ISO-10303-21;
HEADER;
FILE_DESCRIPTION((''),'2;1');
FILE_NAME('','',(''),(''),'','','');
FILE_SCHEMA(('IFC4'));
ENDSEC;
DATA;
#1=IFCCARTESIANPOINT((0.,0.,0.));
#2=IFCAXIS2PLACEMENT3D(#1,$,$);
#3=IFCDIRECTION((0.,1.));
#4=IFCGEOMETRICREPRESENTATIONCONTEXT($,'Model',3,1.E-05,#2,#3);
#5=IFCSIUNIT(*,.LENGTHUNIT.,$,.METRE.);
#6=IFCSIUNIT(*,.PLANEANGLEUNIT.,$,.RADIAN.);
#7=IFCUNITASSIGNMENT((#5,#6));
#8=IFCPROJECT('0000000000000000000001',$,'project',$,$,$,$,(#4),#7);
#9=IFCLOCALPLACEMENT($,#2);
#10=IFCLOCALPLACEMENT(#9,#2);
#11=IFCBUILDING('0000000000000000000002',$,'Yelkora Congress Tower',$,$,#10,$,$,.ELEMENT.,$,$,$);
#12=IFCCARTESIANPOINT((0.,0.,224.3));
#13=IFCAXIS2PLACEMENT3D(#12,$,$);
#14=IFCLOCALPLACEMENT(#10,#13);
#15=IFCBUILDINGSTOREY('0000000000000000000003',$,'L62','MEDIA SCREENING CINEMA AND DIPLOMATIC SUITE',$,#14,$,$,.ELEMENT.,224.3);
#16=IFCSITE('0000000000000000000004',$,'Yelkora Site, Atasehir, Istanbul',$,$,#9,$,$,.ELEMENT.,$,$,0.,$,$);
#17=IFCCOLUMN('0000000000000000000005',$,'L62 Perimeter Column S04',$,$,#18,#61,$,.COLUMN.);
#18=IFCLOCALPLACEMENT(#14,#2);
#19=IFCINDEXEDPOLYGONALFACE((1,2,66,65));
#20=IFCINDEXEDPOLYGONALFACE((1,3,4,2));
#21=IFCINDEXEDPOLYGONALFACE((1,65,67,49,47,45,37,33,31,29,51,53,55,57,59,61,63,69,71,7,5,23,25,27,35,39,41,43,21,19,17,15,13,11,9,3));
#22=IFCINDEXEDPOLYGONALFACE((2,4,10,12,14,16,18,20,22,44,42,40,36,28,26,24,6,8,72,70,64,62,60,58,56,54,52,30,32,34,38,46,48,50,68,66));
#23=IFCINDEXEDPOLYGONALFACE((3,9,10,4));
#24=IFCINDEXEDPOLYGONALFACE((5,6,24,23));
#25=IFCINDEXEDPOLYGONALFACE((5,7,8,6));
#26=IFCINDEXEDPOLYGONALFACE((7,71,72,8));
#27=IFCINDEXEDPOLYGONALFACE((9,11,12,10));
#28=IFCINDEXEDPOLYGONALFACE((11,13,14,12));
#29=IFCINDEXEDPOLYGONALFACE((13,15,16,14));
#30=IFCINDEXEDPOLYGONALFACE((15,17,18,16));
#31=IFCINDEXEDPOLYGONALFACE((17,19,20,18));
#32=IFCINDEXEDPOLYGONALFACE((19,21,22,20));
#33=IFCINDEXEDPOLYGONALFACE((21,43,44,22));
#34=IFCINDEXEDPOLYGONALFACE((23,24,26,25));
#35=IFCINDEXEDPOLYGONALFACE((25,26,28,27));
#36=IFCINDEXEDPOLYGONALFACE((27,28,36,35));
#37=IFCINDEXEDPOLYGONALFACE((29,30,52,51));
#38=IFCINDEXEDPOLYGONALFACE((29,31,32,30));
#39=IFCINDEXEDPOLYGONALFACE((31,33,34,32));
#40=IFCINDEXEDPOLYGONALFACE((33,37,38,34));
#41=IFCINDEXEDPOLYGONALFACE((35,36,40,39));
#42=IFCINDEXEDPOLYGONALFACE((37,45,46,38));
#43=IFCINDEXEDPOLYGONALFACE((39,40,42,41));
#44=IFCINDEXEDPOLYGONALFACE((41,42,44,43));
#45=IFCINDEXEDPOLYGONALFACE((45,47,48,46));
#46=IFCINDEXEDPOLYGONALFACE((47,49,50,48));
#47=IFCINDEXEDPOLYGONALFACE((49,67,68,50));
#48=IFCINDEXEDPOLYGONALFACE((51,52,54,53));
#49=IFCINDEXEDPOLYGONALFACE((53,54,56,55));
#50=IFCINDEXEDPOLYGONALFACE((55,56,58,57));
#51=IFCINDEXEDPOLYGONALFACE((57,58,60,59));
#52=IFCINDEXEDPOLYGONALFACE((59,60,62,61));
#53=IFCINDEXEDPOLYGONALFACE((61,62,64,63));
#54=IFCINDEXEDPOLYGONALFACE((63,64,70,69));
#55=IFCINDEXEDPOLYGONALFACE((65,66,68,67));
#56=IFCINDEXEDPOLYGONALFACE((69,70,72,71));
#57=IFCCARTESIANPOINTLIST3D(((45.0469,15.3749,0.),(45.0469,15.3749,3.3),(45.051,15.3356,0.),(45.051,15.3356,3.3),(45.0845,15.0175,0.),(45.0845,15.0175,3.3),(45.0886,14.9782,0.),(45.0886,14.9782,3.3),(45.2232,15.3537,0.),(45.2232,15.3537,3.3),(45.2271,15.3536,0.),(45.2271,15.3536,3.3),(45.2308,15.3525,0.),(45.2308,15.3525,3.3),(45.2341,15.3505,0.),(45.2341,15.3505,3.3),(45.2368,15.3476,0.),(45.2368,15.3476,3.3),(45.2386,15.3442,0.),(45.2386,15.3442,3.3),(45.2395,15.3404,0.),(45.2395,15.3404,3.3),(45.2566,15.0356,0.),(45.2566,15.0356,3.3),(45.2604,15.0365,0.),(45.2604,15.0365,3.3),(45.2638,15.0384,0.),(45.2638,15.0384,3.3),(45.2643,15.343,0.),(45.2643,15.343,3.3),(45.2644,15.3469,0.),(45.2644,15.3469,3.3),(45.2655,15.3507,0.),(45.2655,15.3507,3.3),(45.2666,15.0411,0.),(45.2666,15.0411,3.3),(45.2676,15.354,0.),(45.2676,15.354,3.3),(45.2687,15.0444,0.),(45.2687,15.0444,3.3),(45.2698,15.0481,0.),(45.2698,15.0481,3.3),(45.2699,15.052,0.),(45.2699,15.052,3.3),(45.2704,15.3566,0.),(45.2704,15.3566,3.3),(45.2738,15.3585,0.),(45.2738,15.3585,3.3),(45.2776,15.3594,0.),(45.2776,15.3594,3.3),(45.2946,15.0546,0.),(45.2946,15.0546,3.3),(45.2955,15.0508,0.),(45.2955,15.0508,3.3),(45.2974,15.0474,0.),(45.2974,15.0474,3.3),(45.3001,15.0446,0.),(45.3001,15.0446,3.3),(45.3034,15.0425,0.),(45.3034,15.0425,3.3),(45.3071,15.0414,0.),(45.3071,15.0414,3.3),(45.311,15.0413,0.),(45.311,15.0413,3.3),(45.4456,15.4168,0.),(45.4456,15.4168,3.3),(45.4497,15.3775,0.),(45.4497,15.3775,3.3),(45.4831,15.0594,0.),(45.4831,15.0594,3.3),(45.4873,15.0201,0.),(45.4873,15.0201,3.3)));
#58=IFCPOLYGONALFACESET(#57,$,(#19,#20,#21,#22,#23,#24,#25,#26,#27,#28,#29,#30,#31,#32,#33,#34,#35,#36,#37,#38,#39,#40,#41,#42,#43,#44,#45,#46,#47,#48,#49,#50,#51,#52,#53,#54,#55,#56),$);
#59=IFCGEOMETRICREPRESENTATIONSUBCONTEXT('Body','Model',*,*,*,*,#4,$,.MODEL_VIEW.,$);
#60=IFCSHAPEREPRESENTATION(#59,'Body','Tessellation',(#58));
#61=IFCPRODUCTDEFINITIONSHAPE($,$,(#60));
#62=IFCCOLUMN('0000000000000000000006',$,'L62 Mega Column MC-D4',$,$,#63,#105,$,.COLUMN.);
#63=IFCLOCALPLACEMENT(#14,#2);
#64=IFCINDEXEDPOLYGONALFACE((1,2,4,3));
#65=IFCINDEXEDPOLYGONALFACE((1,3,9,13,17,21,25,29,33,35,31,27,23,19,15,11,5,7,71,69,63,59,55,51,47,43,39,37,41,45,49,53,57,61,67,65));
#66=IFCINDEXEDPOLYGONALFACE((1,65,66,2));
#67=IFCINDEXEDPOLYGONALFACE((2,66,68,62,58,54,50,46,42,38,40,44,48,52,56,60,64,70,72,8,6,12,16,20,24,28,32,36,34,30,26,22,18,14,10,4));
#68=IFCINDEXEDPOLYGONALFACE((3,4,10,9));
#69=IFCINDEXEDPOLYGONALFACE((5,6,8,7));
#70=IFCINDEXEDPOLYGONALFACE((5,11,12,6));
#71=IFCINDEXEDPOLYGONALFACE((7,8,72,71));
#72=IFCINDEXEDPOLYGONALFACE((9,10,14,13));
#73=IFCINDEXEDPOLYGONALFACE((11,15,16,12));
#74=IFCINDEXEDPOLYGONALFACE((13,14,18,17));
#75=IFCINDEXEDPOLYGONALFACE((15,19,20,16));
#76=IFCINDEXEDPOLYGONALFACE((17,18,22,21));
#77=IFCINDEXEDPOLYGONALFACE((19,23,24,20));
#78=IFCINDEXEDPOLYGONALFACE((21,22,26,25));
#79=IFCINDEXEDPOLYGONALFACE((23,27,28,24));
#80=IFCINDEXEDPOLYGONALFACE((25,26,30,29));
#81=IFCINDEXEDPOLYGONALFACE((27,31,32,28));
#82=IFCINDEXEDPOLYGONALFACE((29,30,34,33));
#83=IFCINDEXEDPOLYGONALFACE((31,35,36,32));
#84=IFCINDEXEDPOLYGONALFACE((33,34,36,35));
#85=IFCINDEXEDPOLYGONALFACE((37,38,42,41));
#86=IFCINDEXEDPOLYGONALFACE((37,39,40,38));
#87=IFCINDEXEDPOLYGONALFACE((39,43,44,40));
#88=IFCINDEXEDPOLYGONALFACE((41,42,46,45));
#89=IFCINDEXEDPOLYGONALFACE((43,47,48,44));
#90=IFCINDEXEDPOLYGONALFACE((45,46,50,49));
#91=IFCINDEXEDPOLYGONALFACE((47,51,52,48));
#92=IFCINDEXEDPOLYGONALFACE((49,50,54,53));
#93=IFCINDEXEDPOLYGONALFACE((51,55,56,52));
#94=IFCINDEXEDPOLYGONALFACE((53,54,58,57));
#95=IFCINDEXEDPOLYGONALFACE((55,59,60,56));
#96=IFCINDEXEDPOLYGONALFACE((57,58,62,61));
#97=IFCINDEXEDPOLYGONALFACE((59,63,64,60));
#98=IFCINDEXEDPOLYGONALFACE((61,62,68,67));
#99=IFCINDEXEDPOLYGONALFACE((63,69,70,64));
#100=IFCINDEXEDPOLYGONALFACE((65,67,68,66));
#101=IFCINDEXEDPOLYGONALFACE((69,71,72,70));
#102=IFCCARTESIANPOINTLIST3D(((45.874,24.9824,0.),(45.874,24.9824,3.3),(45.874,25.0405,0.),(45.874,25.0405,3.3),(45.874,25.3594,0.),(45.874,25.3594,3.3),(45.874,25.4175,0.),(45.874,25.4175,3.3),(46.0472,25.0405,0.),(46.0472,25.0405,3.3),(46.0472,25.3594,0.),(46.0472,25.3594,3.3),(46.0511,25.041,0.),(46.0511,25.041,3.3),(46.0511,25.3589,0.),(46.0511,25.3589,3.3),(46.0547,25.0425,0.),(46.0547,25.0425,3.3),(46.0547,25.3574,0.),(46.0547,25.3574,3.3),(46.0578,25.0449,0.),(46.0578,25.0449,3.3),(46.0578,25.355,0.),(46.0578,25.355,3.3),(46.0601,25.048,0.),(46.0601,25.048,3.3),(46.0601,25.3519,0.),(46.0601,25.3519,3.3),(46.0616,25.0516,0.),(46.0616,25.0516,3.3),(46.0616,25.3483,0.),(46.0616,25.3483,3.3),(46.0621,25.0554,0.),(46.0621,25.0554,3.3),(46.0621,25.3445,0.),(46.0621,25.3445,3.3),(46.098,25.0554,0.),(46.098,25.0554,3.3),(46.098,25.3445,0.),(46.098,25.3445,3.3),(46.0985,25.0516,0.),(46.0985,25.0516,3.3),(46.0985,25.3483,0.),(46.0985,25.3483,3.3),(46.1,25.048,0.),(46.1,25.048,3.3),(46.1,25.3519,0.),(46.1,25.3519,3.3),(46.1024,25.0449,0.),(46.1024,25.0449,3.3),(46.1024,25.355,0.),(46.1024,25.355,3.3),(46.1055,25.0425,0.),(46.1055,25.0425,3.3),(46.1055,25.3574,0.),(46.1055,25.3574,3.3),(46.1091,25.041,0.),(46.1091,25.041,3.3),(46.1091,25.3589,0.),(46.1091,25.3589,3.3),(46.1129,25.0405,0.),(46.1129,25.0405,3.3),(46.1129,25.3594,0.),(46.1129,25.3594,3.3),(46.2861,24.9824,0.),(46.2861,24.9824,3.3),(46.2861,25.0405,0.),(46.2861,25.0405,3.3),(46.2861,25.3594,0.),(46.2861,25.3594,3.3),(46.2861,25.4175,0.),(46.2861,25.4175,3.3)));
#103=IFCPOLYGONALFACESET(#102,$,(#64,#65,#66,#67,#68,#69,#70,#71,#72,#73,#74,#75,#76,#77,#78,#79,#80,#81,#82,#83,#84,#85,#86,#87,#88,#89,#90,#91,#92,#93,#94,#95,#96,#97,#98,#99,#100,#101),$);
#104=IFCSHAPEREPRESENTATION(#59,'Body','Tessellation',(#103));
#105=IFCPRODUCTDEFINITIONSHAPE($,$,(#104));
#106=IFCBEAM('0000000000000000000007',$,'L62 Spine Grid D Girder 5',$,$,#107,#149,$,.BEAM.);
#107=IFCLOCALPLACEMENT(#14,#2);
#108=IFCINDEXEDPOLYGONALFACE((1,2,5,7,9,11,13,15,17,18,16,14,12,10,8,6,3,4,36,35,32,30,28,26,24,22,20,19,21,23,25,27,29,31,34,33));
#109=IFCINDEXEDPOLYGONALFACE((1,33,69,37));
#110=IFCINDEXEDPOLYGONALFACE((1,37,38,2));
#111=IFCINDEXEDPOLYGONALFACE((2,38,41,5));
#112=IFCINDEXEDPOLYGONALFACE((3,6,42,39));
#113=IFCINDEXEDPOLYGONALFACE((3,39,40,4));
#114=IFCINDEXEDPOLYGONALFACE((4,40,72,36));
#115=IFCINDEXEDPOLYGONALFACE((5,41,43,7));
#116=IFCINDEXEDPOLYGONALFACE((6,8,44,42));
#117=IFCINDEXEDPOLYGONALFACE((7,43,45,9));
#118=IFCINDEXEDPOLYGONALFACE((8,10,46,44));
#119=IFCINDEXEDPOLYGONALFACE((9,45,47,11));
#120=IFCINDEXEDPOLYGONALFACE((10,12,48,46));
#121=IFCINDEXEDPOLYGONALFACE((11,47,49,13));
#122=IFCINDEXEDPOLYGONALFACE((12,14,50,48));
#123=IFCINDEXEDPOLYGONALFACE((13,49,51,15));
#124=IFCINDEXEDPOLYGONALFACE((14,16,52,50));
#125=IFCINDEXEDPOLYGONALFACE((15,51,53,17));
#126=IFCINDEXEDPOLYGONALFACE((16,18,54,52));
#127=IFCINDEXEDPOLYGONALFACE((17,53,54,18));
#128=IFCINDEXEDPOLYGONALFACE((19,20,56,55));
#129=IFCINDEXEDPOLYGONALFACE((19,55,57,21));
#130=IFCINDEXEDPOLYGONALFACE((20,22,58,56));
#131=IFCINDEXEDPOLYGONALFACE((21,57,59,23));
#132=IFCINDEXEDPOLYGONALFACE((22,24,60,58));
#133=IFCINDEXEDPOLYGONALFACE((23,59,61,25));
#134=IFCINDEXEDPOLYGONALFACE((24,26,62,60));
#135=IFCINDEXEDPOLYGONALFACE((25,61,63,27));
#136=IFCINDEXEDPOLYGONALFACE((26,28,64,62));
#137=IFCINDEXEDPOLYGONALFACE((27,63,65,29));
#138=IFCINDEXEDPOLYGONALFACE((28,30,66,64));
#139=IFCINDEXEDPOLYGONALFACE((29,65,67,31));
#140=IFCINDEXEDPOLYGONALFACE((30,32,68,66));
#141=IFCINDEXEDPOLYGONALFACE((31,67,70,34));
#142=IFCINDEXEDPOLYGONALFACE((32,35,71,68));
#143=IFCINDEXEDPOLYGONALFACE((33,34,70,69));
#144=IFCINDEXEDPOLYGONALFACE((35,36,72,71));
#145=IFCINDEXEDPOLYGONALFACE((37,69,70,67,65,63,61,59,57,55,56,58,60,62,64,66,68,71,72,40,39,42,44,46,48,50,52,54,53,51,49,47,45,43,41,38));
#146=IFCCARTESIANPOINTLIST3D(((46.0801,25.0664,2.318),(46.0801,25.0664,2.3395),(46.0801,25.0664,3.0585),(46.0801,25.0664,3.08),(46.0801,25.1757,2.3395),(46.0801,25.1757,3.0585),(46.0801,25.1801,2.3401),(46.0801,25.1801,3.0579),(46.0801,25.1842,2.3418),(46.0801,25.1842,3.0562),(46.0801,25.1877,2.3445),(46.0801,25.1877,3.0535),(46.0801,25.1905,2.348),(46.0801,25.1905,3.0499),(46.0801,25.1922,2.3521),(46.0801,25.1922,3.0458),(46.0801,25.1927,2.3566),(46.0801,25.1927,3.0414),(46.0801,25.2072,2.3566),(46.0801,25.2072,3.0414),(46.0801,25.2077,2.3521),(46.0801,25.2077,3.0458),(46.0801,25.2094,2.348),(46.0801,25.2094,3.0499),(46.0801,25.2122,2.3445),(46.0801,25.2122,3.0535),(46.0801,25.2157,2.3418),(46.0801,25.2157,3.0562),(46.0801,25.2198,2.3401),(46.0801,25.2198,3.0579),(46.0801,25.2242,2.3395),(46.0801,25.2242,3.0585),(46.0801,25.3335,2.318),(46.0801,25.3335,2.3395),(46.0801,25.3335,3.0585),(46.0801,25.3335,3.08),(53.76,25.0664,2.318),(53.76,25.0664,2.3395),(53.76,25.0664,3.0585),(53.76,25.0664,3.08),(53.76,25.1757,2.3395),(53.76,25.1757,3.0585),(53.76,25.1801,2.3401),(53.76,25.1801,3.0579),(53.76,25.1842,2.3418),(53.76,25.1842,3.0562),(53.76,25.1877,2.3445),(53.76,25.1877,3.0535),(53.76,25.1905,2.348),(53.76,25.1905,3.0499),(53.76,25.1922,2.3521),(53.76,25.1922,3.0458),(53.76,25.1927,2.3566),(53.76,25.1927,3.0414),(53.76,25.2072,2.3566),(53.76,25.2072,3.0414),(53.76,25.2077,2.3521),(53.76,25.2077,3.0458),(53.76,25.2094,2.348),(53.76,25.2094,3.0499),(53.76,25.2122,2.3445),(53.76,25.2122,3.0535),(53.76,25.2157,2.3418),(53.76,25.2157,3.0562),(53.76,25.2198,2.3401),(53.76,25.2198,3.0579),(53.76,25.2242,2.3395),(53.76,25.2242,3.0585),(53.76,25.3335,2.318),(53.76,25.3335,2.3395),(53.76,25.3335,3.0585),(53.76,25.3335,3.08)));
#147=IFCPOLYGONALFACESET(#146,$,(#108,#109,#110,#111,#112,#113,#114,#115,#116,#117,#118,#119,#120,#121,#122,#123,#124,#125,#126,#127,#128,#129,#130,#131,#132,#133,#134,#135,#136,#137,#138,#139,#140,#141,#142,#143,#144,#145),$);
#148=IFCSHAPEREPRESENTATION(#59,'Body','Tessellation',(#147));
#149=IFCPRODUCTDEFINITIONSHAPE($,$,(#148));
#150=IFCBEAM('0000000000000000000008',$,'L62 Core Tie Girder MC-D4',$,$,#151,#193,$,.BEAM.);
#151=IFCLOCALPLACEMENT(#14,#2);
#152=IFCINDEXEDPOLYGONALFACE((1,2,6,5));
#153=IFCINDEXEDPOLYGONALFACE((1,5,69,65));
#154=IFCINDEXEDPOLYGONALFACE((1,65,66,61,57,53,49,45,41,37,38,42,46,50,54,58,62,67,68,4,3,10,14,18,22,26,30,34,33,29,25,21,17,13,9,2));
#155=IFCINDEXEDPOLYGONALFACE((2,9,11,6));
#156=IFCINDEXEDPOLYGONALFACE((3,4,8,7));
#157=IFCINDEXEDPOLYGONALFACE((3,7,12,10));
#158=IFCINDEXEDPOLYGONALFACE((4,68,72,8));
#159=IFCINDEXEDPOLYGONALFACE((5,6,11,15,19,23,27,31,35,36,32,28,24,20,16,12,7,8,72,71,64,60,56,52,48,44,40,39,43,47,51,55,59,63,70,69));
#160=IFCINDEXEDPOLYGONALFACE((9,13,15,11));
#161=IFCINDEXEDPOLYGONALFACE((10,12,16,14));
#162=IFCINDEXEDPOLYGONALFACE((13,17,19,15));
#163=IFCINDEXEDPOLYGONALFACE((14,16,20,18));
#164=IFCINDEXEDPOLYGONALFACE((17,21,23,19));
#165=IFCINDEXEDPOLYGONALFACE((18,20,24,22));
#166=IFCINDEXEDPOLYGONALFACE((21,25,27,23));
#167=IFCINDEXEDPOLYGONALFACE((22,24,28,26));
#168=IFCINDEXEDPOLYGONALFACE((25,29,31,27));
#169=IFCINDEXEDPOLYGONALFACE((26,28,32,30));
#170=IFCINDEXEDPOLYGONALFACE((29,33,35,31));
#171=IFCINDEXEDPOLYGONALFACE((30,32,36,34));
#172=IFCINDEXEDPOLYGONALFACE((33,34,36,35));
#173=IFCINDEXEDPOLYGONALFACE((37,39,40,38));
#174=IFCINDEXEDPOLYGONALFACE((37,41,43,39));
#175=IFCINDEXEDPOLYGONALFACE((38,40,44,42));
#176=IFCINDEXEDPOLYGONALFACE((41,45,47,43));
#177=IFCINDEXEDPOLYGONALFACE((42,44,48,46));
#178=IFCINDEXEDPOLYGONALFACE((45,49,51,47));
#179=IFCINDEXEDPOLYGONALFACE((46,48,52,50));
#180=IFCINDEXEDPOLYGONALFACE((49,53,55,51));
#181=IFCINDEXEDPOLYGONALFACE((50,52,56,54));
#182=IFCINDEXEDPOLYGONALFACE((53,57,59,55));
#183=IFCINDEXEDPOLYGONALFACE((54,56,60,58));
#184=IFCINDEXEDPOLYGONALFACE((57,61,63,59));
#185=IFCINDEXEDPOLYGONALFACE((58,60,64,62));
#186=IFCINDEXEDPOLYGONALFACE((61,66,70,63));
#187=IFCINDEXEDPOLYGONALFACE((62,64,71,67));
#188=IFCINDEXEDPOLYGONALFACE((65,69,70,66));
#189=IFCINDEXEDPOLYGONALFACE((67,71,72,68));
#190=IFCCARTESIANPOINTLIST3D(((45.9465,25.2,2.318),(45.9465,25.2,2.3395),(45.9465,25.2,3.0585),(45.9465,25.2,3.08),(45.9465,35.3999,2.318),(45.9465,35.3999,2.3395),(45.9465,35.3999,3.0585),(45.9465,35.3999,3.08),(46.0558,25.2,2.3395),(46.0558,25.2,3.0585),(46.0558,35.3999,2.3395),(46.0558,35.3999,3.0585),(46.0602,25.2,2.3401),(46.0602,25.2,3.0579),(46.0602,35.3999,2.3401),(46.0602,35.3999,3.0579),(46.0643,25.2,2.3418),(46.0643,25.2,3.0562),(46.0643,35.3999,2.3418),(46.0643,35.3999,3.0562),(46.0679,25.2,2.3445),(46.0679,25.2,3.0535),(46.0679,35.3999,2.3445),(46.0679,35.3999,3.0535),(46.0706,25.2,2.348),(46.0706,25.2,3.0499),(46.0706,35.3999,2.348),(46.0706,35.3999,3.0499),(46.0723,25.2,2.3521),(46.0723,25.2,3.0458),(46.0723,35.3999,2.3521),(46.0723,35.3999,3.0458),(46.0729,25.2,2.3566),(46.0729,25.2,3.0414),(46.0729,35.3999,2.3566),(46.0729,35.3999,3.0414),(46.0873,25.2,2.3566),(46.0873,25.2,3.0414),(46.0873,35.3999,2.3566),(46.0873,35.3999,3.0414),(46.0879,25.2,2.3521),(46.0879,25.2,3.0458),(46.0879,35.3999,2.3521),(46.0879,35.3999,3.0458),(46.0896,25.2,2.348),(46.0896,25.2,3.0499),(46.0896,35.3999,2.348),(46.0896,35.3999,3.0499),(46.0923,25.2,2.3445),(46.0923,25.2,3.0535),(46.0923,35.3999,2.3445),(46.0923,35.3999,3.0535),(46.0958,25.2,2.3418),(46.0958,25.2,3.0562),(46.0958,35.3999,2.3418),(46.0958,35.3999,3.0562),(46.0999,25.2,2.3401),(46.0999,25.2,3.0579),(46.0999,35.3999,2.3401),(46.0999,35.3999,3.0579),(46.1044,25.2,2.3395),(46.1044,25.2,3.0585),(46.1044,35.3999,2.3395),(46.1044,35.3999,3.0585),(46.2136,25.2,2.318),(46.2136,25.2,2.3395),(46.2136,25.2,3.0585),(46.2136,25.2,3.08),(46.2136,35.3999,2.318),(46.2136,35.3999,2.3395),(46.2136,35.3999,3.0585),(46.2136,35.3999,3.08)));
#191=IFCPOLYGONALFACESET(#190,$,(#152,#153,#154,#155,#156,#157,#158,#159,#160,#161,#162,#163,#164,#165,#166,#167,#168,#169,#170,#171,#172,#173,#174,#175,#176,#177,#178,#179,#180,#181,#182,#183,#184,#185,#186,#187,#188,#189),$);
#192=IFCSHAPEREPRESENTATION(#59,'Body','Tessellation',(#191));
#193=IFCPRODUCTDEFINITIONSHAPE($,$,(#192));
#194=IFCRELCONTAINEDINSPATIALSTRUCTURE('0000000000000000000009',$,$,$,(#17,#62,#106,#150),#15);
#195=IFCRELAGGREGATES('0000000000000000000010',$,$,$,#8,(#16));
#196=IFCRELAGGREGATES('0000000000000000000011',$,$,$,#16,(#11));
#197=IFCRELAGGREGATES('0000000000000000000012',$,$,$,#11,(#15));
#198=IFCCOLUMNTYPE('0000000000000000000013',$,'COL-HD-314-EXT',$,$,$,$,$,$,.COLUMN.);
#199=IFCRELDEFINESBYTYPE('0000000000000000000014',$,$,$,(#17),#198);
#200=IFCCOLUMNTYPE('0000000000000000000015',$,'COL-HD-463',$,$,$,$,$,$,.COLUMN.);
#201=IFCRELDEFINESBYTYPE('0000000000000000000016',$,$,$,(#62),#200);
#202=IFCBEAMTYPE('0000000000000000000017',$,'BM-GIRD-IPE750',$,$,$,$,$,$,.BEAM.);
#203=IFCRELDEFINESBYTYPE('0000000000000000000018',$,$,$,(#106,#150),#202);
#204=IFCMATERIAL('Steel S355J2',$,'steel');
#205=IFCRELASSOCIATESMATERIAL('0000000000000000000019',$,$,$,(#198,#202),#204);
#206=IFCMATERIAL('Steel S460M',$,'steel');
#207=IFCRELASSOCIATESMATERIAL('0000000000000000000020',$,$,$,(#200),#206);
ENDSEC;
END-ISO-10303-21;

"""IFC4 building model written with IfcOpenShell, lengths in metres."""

from ifc_helpers import new_model, si_unit, direction, frame, origin, origin_2d, place, context, subcontext, project, spatial, i_section, extrude, material, material_profile, profile_set, type_object, element, save


model = new_model("IFC4")

# Units and contexts
model_context = context("Model", 3, precision=1e-05, world=origin(), true_north=direction((0.0, 1.0)))
body_context = subcontext(model_context, "Body", "Model", "MODEL_VIEW")
ifc_project = project(units=[si_unit("LENGTHUNIT", "METRE"), si_unit("PLANEANGLEUNIT", "RADIAN")], contexts=[model_context])

# Site, building, storey
site_placement = place(None, origin())
site = spatial("IfcSite", under=ifc_project, at=site_placement, Name="Yelkora Site, Atasehir, Istanbul", CompositionType="ELEMENT", RefElevation=0.0)
building_placement = place(site_placement, origin())
building = spatial("IfcBuilding", under=site, at=building_placement, Name="Yelkora Congress Tower", CompositionType="ELEMENT")
storey_placement = place(building_placement, frame((0.0, 0.0, 224.3)))
storey = spatial("IfcBuildingStorey", under=building, at=storey_placement, Name="L62", Description="MEDIA SCREENING CINEMA AND DIPLOMATIC SUITE", CompositionType="ELEMENT", Elevation=224.3)

# Columns
ifc_material_1 = material(Name="Steel S355J2", Category="steel")
ifc_material_profile_1 = material_profile(ifc_material_1, i_section(OverallWidth=0.4009, OverallDepth=0.3989, WebThickness=0.0249, FlangeThickness=0.0396, FilletRadius=0.0149, at=origin_2d()), Name="HD 400x314")
ifc_profile_set_1 = profile_set([ifc_material_profile_1], Name="Steel S355J2")
column_type_1 = type_object("IfcColumnType", Name="COL-HD-314-EXT", PredefinedType="COLUMN", material=ifc_profile_set_1)
column_1_placement = place(storey_placement, frame((45.2671, 15.1975, 0.0), z_axis=(0.0, 0.0, 1.0), x_axis=(0.994522, 0.104528, 0.0)))
element("IfcColumn", 1, at=column_1_placement, inside=storey, type_object=column_type_1, Name="L62 Perimeter Column S04", PredefinedType="COLUMN", context=body_context, shape_type="SweptSolid", body=[
    extrude(i_section(OverallWidth=0.4009, OverallDepth=0.3989, WebThickness=0.0249, FlangeThickness=0.0396, FilletRadius=0.0149, at=origin_2d()), origin(), (0.0, 0.0, 1.0), 3.3),
])
ifc_material_2 = material(Name="Steel S460M", Category="steel")
ifc_material_profile_2 = material_profile(ifc_material_2, i_section(OverallWidth=0.4121, OverallDepth=0.4351, WebThickness=0.0359, FlangeThickness=0.0581, FilletRadius=0.0149, at=origin_2d()), Name="HD 400x463")
ifc_profile_set_2 = profile_set([ifc_material_profile_2], Name="Steel S460M")
column_type_2 = type_object("IfcColumnType", Name="COL-HD-463", PredefinedType="COLUMN", material=ifc_profile_set_2)
column_2_placement = place(storey_placement, frame((46.0801, 25.2, 0.0), z_axis=(0.0, 0.0, 1.0), x_axis=(1.0, 0.0, 0.0)))
element("IfcColumn", 2, at=column_2_placement, inside=storey, type_object=column_type_2, Name="L62 Mega Column MC-D4", PredefinedType="COLUMN", context=body_context, shape_type="SweptSolid", body=[
    extrude(i_section(OverallWidth=0.4121, OverallDepth=0.4351, WebThickness=0.0359, FlangeThickness=0.0581, FilletRadius=0.0149, at=origin_2d()), origin(), (0.0, 0.0, 1.0), 3.3),
])

# Beams
ifc_material_profile_3 = material_profile(ifc_material_1, i_section(OverallWidth=0.2671, OverallDepth=0.762, WebThickness=0.0144, FlangeThickness=0.0215, FilletRadius=0.0171, at=origin_2d()), Name="IPE 750x173")
ifc_profile_set_3 = profile_set([ifc_material_profile_3], Name="Steel S355J2")
beam_type_1 = type_object("IfcBeamType", Name="BM-GIRD-IPE750", PredefinedType="BEAM", material=ifc_profile_set_3)
beam_1_placement = place(storey_placement, frame((46.0801, 25.2, 2.699), z_axis=(1.0, 0.0, 0.0), x_axis=(0.0, 1.0, 0.0)))
element("IfcBeam", 3, at=beam_1_placement, inside=storey, type_object=beam_type_1, Name="L62 Spine Grid D Girder 5", PredefinedType="BEAM", context=body_context, shape_type="SweptSolid", body=[
    extrude(i_section(OverallWidth=0.2671, OverallDepth=0.762, WebThickness=0.0144, FlangeThickness=0.0215, FilletRadius=0.0171, at=origin_2d()), origin(), (0.0, 0.0, 1.0), 7.6799),
])
beam_2_placement = place(storey_placement, frame((46.0801, 25.2, 2.699), z_axis=(0.0, 1.0, 0.0), x_axis=(-1.0, 0.0, 0.0)))
element("IfcBeam", 4, at=beam_2_placement, inside=storey, type_object=beam_type_1, Name="L62 Core Tie Girder MC-D4", PredefinedType="BEAM", context=body_context, shape_type="SweptSolid", body=[
    extrude(i_section(OverallWidth=0.2671, OverallDepth=0.762, WebThickness=0.0144, FlangeThickness=0.0215, FilletRadius=0.0171, at=origin_2d()), origin(), (0.0, 0.0, 1.0), 10.2),
])

save(model, "model.ifc")
